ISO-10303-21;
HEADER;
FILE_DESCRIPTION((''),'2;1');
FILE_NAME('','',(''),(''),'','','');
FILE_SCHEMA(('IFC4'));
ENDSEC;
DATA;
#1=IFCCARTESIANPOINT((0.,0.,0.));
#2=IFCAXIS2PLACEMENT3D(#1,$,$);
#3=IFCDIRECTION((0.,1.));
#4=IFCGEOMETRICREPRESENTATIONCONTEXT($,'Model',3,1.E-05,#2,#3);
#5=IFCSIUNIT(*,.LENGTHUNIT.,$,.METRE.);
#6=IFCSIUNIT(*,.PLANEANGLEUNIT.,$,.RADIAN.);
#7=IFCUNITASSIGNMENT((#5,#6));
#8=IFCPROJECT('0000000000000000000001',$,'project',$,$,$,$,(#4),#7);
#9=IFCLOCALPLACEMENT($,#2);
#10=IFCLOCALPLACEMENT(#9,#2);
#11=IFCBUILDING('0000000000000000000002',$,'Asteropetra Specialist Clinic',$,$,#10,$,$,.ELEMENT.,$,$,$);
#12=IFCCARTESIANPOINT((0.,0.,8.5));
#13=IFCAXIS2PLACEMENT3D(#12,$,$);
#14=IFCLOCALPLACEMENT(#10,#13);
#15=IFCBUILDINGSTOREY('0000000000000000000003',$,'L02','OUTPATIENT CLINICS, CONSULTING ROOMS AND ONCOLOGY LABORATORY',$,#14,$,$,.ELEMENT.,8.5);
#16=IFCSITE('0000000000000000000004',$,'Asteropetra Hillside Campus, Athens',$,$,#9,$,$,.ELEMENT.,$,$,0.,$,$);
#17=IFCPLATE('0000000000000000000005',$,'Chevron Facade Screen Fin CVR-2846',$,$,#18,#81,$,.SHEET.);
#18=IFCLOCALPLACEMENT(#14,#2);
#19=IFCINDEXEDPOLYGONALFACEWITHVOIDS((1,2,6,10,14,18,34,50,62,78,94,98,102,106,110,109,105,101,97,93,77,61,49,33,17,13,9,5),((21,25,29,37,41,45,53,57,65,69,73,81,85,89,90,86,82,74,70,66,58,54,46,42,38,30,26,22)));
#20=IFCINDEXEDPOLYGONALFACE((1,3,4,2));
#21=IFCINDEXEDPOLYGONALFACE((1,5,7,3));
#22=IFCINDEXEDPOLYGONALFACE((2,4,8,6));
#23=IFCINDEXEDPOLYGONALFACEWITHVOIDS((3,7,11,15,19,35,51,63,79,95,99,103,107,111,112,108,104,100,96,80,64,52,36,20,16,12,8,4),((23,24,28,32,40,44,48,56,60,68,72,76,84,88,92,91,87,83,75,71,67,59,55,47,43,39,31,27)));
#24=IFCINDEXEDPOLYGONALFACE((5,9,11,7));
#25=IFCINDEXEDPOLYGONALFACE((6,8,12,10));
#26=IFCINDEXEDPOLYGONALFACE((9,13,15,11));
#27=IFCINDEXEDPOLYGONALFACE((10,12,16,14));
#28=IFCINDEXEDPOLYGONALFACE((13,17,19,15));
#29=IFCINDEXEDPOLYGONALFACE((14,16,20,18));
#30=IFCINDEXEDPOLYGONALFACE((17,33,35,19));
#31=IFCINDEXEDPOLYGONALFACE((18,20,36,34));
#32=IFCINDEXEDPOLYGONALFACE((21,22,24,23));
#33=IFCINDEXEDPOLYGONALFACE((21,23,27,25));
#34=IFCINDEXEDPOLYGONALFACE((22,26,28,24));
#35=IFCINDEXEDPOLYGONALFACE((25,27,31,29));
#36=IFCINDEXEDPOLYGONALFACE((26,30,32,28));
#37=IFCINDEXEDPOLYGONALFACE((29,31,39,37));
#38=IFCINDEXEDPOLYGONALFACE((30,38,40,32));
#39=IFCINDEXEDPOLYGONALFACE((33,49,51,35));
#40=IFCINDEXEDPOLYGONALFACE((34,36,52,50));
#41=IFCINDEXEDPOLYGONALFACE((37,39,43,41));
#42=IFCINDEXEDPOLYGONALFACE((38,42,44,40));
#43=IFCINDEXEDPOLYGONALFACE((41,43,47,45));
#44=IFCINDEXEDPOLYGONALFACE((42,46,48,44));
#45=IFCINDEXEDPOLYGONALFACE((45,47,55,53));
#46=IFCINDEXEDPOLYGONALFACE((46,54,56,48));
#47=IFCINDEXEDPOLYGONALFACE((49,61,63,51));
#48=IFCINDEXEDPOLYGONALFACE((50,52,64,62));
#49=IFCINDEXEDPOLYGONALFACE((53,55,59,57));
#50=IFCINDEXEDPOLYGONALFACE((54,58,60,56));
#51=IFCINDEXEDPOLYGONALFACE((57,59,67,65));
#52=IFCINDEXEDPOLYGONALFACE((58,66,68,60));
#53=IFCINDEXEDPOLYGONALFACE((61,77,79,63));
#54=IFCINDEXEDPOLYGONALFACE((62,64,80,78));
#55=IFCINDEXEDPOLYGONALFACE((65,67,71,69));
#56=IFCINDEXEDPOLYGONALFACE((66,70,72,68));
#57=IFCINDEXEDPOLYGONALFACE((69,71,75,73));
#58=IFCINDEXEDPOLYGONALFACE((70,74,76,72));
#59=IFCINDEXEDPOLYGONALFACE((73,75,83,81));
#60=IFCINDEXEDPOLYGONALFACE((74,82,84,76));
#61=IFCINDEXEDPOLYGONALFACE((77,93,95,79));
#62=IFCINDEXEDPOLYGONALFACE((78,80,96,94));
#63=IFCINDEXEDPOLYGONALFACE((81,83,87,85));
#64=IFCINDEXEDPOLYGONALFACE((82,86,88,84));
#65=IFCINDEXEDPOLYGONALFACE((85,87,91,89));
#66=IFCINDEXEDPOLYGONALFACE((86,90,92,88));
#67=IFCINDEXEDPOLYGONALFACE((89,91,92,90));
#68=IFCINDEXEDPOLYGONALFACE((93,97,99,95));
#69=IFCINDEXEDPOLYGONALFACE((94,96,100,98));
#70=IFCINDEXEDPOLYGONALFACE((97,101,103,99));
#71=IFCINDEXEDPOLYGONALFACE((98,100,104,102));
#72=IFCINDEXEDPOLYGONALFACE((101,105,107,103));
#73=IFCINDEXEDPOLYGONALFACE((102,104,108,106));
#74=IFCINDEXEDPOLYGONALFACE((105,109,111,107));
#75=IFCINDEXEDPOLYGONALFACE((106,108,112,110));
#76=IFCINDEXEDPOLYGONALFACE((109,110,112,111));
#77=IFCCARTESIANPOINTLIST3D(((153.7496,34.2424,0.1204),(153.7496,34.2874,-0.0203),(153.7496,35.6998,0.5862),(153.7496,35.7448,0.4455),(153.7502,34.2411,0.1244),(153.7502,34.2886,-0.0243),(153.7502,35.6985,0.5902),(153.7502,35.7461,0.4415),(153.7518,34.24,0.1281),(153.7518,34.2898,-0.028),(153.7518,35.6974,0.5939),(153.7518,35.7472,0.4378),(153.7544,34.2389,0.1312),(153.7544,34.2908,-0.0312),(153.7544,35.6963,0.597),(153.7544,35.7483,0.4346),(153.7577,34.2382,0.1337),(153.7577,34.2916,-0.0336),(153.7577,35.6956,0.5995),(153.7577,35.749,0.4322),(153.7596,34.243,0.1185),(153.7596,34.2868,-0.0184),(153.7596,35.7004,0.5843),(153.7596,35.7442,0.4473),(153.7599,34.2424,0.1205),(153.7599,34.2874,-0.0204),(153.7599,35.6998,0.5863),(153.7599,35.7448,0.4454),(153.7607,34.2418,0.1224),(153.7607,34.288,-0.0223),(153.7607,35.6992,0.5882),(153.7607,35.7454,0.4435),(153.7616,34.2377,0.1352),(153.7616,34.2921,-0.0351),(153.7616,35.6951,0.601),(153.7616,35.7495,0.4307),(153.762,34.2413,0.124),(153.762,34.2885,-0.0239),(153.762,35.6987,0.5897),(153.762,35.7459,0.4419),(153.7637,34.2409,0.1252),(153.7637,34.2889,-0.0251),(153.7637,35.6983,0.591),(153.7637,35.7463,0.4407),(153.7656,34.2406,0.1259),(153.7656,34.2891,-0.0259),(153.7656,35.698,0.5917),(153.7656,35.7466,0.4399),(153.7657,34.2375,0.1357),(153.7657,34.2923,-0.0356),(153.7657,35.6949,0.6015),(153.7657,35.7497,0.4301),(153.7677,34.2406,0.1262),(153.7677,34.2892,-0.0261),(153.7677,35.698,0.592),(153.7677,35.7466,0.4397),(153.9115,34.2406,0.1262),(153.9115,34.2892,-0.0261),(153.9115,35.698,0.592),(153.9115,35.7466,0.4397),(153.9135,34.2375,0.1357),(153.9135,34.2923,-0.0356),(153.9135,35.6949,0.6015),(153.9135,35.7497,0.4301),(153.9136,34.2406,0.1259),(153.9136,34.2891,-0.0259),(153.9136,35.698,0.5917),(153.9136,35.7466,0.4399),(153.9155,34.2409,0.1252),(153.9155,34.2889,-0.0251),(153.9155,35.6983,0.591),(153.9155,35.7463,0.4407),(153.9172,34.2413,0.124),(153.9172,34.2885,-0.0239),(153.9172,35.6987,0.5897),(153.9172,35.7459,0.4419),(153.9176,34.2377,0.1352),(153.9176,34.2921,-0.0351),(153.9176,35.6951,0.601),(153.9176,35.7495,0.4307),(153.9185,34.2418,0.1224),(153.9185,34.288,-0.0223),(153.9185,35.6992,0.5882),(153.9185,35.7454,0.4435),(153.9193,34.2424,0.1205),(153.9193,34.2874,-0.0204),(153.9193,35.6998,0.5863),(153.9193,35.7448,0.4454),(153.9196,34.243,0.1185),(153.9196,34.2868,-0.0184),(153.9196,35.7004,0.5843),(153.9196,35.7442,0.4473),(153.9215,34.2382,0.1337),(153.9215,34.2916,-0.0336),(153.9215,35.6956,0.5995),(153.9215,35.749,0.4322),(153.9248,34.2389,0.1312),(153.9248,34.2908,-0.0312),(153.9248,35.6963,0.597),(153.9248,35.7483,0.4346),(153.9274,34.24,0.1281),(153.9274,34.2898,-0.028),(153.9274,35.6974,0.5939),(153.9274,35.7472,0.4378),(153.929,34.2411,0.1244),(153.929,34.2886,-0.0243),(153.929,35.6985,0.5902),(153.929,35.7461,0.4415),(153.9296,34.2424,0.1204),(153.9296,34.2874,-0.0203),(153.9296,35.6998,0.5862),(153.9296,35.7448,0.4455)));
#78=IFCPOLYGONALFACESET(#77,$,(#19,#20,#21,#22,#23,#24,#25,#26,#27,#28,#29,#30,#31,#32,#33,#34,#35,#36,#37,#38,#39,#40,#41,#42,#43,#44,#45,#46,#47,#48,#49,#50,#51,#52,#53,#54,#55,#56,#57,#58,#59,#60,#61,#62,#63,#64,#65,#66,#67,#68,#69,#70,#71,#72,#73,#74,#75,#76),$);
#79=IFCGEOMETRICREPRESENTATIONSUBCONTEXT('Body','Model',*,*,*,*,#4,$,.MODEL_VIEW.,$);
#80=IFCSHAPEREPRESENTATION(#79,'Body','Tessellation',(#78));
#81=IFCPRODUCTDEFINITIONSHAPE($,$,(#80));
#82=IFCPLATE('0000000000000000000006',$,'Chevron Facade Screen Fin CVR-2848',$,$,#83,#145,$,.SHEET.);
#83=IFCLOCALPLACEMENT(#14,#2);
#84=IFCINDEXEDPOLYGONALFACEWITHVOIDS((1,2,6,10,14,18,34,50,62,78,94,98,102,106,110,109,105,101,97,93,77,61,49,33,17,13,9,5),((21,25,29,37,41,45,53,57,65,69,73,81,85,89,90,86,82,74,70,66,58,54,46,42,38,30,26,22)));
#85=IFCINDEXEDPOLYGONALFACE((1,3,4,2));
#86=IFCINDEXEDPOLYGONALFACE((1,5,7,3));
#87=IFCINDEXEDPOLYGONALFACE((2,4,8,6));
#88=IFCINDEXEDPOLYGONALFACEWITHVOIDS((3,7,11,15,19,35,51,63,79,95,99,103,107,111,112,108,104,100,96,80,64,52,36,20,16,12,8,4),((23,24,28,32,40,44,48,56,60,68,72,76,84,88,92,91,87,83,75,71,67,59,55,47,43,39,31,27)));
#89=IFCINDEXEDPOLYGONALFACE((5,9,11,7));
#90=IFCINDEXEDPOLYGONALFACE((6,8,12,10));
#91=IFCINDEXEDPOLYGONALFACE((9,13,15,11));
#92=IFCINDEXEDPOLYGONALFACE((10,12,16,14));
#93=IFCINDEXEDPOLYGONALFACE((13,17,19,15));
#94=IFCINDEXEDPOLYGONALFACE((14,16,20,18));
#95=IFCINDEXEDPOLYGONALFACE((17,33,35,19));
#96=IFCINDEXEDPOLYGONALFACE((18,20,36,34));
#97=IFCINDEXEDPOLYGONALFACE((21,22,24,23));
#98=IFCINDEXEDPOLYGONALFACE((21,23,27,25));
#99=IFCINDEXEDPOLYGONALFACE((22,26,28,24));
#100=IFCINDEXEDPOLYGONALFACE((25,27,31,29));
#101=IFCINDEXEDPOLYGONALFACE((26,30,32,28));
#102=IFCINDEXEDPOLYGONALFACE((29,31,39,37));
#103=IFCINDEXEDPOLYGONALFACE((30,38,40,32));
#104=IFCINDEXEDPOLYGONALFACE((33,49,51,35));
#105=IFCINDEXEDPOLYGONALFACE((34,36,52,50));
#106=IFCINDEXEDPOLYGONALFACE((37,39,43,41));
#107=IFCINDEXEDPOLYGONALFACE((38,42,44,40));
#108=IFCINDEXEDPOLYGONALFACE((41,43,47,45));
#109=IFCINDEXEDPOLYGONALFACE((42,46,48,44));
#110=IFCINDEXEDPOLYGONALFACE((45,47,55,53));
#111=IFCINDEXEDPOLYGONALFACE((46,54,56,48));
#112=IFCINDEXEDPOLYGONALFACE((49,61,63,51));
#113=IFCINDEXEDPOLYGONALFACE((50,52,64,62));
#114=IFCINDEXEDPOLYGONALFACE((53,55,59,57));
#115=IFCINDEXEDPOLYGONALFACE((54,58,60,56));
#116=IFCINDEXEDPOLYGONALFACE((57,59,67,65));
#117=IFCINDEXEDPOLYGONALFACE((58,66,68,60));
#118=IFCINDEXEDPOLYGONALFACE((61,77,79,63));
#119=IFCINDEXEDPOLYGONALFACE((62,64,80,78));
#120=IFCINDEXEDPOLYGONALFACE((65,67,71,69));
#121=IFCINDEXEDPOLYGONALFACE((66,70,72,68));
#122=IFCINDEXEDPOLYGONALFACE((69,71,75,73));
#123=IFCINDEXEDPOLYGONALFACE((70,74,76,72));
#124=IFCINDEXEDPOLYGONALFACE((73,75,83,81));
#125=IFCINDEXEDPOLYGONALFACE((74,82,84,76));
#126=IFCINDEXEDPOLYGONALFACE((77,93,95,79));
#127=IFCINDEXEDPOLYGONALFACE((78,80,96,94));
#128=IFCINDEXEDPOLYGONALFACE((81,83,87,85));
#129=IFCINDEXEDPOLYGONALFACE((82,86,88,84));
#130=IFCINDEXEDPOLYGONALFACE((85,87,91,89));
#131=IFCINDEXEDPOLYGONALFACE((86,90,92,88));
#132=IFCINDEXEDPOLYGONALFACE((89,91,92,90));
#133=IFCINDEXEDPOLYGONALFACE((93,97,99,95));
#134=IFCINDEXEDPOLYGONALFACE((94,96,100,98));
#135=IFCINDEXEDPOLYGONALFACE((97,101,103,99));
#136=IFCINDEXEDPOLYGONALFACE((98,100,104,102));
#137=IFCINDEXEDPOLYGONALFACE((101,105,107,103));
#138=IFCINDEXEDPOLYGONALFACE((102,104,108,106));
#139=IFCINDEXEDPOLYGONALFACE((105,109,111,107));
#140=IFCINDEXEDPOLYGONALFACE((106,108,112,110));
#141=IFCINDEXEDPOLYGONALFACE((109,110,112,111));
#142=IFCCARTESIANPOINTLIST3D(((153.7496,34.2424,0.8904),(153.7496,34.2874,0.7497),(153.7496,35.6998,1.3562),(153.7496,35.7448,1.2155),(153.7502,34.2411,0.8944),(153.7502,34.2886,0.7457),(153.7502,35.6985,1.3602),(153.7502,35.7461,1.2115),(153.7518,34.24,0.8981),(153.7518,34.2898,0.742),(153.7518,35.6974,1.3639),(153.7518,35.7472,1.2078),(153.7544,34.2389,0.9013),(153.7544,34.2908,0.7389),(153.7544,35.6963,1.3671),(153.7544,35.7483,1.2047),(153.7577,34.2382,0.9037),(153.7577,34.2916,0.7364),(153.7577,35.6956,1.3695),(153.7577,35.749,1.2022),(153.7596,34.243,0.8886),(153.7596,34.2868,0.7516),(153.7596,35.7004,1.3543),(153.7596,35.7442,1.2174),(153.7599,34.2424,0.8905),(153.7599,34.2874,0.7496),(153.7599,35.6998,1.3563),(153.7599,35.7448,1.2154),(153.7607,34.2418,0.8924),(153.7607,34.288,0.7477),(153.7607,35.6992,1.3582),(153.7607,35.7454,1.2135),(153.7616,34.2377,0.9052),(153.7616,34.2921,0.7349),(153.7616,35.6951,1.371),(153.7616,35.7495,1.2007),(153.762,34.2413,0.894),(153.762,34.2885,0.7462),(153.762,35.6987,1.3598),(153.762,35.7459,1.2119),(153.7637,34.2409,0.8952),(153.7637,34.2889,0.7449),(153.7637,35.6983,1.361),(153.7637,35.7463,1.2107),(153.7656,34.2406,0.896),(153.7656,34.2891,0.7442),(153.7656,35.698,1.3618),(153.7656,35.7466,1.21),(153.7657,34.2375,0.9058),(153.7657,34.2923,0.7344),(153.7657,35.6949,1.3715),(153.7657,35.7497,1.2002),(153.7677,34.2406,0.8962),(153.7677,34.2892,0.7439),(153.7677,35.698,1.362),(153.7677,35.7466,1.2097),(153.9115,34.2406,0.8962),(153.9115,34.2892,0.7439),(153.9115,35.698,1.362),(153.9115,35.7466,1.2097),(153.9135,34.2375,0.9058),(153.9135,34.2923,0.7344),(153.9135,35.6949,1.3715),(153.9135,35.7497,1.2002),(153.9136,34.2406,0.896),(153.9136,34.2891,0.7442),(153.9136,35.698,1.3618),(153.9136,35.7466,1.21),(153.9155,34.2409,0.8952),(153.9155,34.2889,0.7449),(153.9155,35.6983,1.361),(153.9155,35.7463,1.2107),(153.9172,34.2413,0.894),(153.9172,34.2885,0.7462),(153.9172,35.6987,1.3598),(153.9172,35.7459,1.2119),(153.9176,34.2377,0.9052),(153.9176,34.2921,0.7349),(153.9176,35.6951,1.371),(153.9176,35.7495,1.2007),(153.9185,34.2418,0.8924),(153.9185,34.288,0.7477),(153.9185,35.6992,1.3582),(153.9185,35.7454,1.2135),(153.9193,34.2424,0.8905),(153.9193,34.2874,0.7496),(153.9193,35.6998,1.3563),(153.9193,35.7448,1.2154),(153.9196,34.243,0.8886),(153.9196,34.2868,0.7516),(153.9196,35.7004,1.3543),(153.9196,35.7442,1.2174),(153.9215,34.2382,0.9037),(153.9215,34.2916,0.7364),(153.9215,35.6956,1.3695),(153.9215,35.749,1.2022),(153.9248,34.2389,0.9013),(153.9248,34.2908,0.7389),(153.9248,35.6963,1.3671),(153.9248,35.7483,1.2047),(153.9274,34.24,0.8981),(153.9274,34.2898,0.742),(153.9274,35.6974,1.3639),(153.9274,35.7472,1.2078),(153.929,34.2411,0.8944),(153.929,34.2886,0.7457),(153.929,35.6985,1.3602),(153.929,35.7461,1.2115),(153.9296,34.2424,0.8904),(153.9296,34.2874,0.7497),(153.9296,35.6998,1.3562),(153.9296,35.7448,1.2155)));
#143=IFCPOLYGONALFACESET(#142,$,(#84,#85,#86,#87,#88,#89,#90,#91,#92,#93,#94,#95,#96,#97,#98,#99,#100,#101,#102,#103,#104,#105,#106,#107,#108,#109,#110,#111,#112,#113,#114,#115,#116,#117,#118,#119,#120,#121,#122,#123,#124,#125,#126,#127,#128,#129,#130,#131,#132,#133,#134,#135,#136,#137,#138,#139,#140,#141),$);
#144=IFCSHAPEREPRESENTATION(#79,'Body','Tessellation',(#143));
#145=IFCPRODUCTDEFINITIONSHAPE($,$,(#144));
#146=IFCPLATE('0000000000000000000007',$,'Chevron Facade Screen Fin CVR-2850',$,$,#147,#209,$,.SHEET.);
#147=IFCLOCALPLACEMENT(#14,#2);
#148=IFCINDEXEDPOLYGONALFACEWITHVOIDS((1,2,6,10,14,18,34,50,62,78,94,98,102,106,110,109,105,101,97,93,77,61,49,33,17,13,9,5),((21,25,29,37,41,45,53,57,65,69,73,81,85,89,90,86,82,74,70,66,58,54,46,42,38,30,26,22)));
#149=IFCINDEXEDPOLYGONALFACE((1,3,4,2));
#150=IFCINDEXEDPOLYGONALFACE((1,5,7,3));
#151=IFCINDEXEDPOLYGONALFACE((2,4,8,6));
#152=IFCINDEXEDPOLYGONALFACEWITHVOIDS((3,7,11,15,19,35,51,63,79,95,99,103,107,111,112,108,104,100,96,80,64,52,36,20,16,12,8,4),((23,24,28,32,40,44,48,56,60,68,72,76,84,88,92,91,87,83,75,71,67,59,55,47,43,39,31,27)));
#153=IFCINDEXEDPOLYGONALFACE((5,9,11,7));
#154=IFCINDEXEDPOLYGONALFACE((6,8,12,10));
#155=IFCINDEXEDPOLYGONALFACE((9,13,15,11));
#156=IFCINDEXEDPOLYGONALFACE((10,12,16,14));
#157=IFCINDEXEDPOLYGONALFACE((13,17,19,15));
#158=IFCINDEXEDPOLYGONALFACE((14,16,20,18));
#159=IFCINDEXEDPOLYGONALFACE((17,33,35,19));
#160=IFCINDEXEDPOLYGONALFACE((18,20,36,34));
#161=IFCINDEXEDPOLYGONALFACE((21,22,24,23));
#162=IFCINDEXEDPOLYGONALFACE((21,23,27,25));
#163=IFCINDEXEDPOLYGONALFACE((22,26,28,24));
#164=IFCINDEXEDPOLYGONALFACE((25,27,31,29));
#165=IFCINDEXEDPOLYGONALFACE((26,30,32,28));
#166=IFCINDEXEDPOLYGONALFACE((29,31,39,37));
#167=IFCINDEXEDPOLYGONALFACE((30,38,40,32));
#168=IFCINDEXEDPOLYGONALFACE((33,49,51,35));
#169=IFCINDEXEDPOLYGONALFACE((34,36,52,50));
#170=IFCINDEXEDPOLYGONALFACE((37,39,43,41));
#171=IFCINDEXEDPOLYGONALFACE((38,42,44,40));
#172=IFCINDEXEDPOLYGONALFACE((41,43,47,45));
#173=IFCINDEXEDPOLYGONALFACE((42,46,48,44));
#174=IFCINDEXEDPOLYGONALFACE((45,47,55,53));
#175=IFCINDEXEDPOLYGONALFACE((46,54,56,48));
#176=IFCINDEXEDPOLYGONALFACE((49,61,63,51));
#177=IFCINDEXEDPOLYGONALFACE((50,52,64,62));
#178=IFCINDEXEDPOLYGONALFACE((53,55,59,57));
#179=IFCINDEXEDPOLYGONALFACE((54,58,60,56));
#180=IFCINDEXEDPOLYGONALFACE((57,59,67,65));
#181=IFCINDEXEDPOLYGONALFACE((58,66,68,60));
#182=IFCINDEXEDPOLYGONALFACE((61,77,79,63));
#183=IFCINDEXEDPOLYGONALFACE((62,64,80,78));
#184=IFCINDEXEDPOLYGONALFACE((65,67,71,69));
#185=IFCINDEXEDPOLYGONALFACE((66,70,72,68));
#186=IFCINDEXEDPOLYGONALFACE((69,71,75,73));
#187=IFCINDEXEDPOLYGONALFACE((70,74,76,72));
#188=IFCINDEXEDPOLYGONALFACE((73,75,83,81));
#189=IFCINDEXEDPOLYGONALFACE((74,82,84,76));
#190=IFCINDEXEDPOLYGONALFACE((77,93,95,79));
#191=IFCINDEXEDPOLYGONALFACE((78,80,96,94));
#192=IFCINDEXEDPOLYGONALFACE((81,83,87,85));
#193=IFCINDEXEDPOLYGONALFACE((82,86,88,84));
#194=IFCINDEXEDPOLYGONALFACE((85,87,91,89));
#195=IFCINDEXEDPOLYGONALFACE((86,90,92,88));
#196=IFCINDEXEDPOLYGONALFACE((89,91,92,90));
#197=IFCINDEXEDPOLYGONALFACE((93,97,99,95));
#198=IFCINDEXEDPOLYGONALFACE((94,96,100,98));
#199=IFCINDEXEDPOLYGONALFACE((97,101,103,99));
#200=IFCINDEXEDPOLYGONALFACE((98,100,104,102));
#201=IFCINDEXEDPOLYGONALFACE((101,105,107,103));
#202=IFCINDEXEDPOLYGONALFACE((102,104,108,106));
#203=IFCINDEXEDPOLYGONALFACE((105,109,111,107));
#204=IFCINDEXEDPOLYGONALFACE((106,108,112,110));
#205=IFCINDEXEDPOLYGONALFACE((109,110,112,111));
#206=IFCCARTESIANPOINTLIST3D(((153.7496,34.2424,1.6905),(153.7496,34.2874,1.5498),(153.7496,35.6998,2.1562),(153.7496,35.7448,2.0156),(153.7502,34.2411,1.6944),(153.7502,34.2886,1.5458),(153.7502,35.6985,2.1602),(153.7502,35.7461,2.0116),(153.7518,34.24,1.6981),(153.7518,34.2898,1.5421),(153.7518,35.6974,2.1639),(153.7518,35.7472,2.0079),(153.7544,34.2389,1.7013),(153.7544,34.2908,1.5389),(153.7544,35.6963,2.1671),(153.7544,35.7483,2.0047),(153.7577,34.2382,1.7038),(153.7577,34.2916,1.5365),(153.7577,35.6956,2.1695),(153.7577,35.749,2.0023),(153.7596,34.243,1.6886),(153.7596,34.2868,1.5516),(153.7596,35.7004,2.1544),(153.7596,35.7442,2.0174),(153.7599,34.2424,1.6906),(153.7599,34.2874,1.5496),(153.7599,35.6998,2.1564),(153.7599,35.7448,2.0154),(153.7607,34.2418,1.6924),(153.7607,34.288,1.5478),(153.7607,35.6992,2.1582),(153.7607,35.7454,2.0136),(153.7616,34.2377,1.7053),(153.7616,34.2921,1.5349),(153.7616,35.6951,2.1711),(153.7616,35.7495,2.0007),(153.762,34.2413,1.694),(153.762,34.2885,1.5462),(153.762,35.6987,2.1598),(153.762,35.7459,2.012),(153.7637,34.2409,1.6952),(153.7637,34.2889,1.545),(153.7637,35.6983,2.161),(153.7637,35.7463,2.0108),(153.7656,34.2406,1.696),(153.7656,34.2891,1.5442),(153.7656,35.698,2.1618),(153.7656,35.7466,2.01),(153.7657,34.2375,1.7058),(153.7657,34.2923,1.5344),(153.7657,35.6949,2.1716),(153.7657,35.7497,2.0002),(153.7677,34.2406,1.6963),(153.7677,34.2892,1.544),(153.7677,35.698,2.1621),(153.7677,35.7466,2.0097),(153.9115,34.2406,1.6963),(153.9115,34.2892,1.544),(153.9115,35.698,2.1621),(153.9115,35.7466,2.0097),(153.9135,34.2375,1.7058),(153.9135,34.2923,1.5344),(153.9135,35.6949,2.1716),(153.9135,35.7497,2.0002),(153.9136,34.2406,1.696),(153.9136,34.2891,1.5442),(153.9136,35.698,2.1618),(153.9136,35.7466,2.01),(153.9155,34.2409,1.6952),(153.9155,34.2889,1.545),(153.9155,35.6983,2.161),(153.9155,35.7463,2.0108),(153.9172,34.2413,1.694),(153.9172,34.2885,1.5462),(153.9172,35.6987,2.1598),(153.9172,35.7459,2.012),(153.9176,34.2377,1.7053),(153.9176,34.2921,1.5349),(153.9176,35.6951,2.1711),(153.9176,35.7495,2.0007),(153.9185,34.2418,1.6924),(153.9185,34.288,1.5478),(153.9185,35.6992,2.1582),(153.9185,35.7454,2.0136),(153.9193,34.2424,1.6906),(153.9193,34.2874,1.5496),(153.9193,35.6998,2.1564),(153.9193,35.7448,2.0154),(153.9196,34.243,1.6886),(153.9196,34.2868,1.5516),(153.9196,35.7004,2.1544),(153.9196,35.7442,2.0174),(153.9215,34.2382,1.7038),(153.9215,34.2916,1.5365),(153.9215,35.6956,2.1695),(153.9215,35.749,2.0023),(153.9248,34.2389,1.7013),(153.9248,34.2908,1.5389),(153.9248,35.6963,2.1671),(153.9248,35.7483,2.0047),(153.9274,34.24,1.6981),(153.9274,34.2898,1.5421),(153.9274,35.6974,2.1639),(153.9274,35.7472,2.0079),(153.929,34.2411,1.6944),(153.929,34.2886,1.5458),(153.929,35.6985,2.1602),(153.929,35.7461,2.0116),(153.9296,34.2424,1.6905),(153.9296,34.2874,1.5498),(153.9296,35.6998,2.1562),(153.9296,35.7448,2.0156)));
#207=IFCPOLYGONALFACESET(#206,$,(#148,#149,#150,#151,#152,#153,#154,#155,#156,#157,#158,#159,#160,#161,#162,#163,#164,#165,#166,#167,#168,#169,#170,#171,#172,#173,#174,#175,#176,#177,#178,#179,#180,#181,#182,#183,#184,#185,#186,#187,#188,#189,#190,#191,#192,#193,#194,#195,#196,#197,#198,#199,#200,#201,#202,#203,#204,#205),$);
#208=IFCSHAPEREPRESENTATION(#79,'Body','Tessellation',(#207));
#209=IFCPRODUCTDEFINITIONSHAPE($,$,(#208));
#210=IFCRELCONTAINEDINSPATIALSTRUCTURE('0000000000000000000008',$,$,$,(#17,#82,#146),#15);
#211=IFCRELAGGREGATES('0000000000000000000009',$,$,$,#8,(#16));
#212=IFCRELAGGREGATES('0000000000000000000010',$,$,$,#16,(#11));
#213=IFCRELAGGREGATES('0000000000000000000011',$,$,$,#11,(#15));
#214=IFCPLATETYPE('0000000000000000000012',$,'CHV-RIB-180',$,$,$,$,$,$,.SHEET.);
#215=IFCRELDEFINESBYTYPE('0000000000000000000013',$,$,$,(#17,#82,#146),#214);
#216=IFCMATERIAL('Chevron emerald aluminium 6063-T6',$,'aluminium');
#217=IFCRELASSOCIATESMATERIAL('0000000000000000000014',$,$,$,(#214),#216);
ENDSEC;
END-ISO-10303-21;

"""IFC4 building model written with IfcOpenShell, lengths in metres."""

from ifc_helpers import new_model, si_unit, direction, frame, origin, origin_2d, place, context, subcontext, project, spatial, hollow_rectangle, extrude, material, material_profile, profile_set, type_object, element, save


model = new_model("IFC4")

# Units and contexts
model_context = context("Model", 3, precision=1e-05, world=origin(), true_north=direction((0.0, 1.0)))
body_context = subcontext(model_context, "Body", "Model", "MODEL_VIEW")
ifc_project = project(units=[si_unit("LENGTHUNIT", "METRE"), si_unit("PLANEANGLEUNIT", "RADIAN")], contexts=[model_context])

# Site, building, storey
site_placement = place(None, origin())
site = spatial("IfcSite", under=ifc_project, at=site_placement, Name="Asteropetra Hillside Campus, Athens", CompositionType="ELEMENT", RefElevation=0.0)
building_placement = place(site_placement, origin())
building = spatial("IfcBuilding", under=site, at=building_placement, Name="Asteropetra Specialist Clinic", CompositionType="ELEMENT")
storey_placement = place(building_placement, frame((0.0, 0.0, 8.5)))
storey = spatial("IfcBuildingStorey", under=building, at=storey_placement, Name="L02", Description="OUTPATIENT CLINICS, CONSULTING ROOMS AND ONCOLOGY LABORATORY", CompositionType="ELEMENT", Elevation=8.5)

# Plates
ifc_material_1 = material(Name="Chevron emerald aluminium 6063-T6", Category="aluminium")
ifc_material_profile_1 = material_profile(ifc_material_1, hollow_rectangle(XDim=0.1799, YDim=0.1799, WallThickness=0.01, InnerFilletRadius=0.0081, OuterFilletRadius=0.0161, at=origin_2d()), Name="SHS 180x180x10.0")
ifc_profile_set_1 = profile_set([ifc_material_profile_1], Name="Chevron emerald aluminium 6063-T6")
plate_type = type_object("IfcPlateType", Name="CHV-RIB-180", PredefinedType="SHEET", material=ifc_profile_set_1)
for number, where, z_axis, x_axis, name in (
    (1, (153.8396, 34.2649, 0.05), (0.0, 0.952535, 0.304428), (-1.0, 0.0, 0.0), "Chevron Facade Screen Fin CVR-2846"),
    (2, (153.8396, 34.2649, 0.8201), (0.0, 0.952535, 0.304428), (-1.0, 0.0, 0.0), "Chevron Facade Screen Fin CVR-2848"),
    (3, (153.8396, 34.2649, 1.6201), (0.0, 0.952535, 0.304428), (-1.0, 0.0, 0.0), "Chevron Facade Screen Fin CVR-2850"),
):
    element("IfcPlate", number, at=place(storey_placement, frame(where, z_axis=z_axis, x_axis=x_axis)), inside=storey, type_object=plate_type, Name=name, PredefinedType="SHEET", context=body_context, shape_type="SweptSolid", body=[
        extrude(hollow_rectangle(XDim=0.1799, YDim=0.1799, WallThickness=0.01, InnerFilletRadius=0.0081, OuterFilletRadius=0.0161, at=origin_2d()), origin(), (0.0, 0.0, 1.0), 1.53),
    ])

save(model, "model.ifc")
